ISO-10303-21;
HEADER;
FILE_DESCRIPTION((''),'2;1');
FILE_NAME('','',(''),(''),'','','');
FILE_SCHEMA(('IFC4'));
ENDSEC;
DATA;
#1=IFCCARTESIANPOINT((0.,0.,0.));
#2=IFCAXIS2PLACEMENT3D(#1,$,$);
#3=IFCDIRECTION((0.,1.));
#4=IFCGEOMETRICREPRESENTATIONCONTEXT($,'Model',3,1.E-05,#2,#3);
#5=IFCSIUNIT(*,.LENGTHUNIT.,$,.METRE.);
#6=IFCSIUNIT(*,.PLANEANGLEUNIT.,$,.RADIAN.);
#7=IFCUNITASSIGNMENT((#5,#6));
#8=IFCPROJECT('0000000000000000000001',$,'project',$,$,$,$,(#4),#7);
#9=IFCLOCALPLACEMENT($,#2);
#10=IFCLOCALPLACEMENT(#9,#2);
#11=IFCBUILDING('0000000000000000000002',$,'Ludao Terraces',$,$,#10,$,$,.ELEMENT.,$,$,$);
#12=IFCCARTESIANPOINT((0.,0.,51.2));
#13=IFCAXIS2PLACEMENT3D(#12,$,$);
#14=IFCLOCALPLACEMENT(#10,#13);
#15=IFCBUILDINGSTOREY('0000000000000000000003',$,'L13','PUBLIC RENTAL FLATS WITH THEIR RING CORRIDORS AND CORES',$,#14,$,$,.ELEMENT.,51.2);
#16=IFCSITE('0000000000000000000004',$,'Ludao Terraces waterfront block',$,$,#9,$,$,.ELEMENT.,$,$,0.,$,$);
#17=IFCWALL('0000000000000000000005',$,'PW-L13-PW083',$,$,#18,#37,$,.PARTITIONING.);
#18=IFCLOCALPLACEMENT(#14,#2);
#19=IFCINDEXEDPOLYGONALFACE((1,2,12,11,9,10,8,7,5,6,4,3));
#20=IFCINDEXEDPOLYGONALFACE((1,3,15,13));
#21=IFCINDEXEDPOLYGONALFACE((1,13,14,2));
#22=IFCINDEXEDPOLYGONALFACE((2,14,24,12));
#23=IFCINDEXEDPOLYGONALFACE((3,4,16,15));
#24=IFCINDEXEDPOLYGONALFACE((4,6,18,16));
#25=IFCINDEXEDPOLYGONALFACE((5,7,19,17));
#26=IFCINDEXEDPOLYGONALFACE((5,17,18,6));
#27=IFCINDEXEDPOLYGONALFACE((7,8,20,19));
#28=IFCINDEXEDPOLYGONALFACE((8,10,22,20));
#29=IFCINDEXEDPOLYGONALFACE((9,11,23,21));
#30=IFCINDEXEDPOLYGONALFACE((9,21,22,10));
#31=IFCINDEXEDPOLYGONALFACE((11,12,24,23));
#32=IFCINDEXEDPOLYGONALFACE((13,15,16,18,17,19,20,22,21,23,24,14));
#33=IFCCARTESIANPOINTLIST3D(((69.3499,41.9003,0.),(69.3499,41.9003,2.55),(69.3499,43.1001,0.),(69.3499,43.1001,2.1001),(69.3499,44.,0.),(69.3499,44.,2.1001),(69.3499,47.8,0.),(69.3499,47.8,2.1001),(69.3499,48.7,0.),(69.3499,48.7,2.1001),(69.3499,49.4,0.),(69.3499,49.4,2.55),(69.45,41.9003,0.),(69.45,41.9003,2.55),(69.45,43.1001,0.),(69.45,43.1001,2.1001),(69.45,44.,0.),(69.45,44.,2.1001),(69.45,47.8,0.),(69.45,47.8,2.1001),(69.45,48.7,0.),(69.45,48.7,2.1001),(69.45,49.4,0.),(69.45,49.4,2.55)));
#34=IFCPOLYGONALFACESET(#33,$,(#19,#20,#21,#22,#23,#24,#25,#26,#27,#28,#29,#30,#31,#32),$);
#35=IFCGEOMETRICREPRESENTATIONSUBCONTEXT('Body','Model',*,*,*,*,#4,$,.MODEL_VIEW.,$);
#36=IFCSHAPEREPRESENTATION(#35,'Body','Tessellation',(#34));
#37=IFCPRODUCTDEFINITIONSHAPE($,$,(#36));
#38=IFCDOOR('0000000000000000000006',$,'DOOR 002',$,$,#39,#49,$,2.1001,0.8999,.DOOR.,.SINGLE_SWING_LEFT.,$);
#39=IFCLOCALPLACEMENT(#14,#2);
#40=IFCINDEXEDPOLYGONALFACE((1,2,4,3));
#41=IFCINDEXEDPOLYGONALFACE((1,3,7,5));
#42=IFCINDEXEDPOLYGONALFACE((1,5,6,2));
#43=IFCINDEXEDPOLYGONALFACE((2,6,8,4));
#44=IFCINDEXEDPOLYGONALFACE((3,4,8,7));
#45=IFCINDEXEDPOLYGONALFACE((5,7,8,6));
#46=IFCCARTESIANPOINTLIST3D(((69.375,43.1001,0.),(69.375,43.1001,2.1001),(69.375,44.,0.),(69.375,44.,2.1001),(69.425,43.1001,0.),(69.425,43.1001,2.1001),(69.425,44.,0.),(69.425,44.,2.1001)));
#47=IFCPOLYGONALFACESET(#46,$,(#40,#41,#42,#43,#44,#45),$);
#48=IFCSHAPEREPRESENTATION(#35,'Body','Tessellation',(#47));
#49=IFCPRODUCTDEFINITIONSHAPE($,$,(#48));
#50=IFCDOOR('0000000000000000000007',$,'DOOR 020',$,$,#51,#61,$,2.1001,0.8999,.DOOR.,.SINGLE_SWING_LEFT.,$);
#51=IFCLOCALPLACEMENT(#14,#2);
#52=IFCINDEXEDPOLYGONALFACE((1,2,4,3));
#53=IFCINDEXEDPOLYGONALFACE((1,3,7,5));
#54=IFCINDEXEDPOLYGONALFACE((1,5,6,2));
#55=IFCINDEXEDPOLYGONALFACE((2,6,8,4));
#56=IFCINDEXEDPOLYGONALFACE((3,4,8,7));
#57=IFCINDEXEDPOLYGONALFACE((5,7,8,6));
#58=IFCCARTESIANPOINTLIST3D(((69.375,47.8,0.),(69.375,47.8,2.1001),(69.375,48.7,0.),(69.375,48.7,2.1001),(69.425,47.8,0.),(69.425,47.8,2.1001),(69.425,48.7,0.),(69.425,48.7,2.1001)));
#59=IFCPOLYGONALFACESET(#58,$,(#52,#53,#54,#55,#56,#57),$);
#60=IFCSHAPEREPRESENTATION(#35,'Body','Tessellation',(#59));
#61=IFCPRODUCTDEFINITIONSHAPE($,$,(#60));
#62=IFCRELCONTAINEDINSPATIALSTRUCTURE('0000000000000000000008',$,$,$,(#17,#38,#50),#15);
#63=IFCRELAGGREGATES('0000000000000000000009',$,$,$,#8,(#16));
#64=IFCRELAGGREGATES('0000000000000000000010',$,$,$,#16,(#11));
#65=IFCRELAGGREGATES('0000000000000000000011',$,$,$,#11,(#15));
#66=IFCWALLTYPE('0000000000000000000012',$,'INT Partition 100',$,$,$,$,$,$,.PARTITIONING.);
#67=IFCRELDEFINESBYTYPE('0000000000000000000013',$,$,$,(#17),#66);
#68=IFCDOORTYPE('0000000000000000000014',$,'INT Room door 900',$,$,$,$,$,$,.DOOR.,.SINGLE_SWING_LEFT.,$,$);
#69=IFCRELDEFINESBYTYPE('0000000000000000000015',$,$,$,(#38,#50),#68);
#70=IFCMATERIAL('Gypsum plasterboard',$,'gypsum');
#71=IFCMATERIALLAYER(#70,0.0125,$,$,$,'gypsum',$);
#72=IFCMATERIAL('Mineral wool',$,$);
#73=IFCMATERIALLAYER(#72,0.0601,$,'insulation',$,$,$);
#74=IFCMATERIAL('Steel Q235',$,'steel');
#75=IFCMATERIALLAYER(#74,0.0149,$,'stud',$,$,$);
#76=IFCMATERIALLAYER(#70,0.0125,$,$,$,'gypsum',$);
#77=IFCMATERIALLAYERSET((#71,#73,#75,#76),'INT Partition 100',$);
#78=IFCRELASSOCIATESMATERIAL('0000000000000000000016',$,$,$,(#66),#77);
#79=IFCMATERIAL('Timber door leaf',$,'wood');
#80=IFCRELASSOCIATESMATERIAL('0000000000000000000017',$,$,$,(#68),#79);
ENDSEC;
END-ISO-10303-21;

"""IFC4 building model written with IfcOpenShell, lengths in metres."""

from ifc_helpers import new_model, si_unit, direction, frame, frame_2d, origin, place, context, subcontext, project, spatial, rectangle, extrude, material, layer, layer_set, type_object, element, fill, save


model = new_model("IFC4")

# Units and contexts
model_context = context("Model", 3, precision=1e-05, world=origin(), true_north=direction((0.0, 1.0)))
body_context = subcontext(model_context, "Body", "Model", "MODEL_VIEW")
ifc_project = project(units=[si_unit("LENGTHUNIT", "METRE"), si_unit("PLANEANGLEUNIT", "RADIAN")], contexts=[model_context])

# Site, building, storey
site_placement = place(None, origin())
site = spatial("IfcSite", under=ifc_project, at=site_placement, Name="Ludao Terraces waterfront block", CompositionType="ELEMENT", RefElevation=0.0)
building_placement = place(site_placement, origin())
building = spatial("IfcBuilding", under=site, at=building_placement, Name="Ludao Terraces", CompositionType="ELEMENT")
storey_placement = place(building_placement, frame((0.0, 0.0, 51.2)))
storey = spatial("IfcBuildingStorey", under=building, at=storey_placement, Name="L13", Description="PUBLIC RENTAL FLATS WITH THEIR RING CORRIDORS AND CORES", CompositionType="ELEMENT", Elevation=51.2)

# Wall, openings, doors
ifc_material_1 = material(Name="Gypsum plasterboard", Category="gypsum")
ifc_layer_1 = layer(ifc_material_1, 0.0125, Category="gypsum")
ifc_material_2 = material(Name="Mineral wool")
ifc_layer_2 = layer(ifc_material_2, 0.0601, Name="insulation")
ifc_material_3 = material(Name="Steel Q235", Category="steel")
ifc_layer_3 = layer(ifc_material_3, 0.0149, Name="stud")
ifc_layer_4 = layer(ifc_material_1, 0.0125, Category="gypsum")
ifc_layer_set = layer_set([ifc_layer_1, ifc_layer_2, ifc_layer_3, ifc_layer_4], Name="INT Partition 100")
wall_type = type_object("IfcWallType", Name="INT Partition 100", PredefinedType="PARTITIONING", material=ifc_layer_set)
ifc_material_4 = material(Name="Timber door leaf", Category="wood")
door_type_1 = type_object("IfcDoorType", Name="INT Room door 900", OperationType="SINGLE_SWING_LEFT", PredefinedType="DOOR", material=ifc_material_4)
wall_1_placement = place(storey_placement, frame((69.3999, 41.9001, 0.0), z_axis=(0.0, 0.0, 1.0), x_axis=(0.0, 1.0, 0.0)))
wall_1 = element("IfcWall", 1, at=wall_1_placement, inside=storey, type_object=wall_type, Name="PW-L13-PW083", PredefinedType="PARTITIONING", context=body_context, shape_type="SweptSolid", body=[
    extrude(rectangle(XDim=7.4998, YDim=0.1001, at=frame_2d((3.75, 0.0))), origin(), (0.0, 0.0, 1.0), 2.55),
])
opening_1_placement = place(wall_1_placement, frame((1.2, 0.0, 0.0)))
opening_1 = element("IfcOpeningElement", 2, at=opening_1_placement, cuts=wall_1, PredefinedType="OPENING", context=body_context, shape_type="SweptSolid", body=[
    extrude(rectangle(XDim=0.8999, YDim=2.1001, at=frame_2d((0.45, 1.05))), frame((0.0, 0.0601, 0.0), z_axis=(0.0, -1.0, 0.0), x_axis=(1.0, 0.0, 0.0)), (0.0, 0.0, 1.0), 0.1201),
])
opening_2_placement = place(wall_1_placement, frame((5.8999, 0.0, 0.0)))
opening_2 = element("IfcOpeningElement", 3, at=opening_2_placement, cuts=wall_1, PredefinedType="OPENING", context=body_context, shape_type="SweptSolid", body=[
    extrude(rectangle(XDim=0.8999, YDim=2.1001, at=frame_2d((0.45, 1.05))), frame((0.0, 0.0601, 0.0), z_axis=(0.0, -1.0, 0.0), x_axis=(1.0, 0.0, 0.0)), (0.0, 0.0, 1.0), 0.1201),
])
door_1_placement = place(opening_1_placement, origin())
door_1 = element("IfcDoor", 4, at=door_1_placement, inside=storey, type_object=door_type_1, Name="DOOR 002", OperationType="SINGLE_SWING_LEFT", OverallHeight=2.1001, OverallWidth=0.8999, PredefinedType="DOOR", context=body_context, shape_type="SweptSolid", body=[
    extrude(rectangle(XDim=0.8999, YDim=2.1001, at=frame_2d((0.45, 1.05))), frame((0.0, 0.0249, 0.0), z_axis=(0.0, -1.0, 0.0), x_axis=(1.0, 0.0, 0.0)), (0.0, 0.0, 1.0), 0.05),
])
fill(opening_1, door_1)
door_2_placement = place(opening_2_placement, origin())
door_2 = element("IfcDoor", 5, at=door_2_placement, inside=storey, type_object=door_type_1, Name="DOOR 020", OperationType="SINGLE_SWING_LEFT", OverallHeight=2.1001, OverallWidth=0.8999, PredefinedType="DOOR", context=body_context, shape_type="SweptSolid", body=[
    extrude(rectangle(XDim=0.8999, YDim=2.1001, at=frame_2d((0.45, 1.05))), frame((0.0, 0.0249, 0.0), z_axis=(0.0, -1.0, 0.0), x_axis=(1.0, 0.0, 0.0)), (0.0, 0.0, 1.0), 0.05),
])
fill(opening_2, door_2)

save(model, "model.ifc")
